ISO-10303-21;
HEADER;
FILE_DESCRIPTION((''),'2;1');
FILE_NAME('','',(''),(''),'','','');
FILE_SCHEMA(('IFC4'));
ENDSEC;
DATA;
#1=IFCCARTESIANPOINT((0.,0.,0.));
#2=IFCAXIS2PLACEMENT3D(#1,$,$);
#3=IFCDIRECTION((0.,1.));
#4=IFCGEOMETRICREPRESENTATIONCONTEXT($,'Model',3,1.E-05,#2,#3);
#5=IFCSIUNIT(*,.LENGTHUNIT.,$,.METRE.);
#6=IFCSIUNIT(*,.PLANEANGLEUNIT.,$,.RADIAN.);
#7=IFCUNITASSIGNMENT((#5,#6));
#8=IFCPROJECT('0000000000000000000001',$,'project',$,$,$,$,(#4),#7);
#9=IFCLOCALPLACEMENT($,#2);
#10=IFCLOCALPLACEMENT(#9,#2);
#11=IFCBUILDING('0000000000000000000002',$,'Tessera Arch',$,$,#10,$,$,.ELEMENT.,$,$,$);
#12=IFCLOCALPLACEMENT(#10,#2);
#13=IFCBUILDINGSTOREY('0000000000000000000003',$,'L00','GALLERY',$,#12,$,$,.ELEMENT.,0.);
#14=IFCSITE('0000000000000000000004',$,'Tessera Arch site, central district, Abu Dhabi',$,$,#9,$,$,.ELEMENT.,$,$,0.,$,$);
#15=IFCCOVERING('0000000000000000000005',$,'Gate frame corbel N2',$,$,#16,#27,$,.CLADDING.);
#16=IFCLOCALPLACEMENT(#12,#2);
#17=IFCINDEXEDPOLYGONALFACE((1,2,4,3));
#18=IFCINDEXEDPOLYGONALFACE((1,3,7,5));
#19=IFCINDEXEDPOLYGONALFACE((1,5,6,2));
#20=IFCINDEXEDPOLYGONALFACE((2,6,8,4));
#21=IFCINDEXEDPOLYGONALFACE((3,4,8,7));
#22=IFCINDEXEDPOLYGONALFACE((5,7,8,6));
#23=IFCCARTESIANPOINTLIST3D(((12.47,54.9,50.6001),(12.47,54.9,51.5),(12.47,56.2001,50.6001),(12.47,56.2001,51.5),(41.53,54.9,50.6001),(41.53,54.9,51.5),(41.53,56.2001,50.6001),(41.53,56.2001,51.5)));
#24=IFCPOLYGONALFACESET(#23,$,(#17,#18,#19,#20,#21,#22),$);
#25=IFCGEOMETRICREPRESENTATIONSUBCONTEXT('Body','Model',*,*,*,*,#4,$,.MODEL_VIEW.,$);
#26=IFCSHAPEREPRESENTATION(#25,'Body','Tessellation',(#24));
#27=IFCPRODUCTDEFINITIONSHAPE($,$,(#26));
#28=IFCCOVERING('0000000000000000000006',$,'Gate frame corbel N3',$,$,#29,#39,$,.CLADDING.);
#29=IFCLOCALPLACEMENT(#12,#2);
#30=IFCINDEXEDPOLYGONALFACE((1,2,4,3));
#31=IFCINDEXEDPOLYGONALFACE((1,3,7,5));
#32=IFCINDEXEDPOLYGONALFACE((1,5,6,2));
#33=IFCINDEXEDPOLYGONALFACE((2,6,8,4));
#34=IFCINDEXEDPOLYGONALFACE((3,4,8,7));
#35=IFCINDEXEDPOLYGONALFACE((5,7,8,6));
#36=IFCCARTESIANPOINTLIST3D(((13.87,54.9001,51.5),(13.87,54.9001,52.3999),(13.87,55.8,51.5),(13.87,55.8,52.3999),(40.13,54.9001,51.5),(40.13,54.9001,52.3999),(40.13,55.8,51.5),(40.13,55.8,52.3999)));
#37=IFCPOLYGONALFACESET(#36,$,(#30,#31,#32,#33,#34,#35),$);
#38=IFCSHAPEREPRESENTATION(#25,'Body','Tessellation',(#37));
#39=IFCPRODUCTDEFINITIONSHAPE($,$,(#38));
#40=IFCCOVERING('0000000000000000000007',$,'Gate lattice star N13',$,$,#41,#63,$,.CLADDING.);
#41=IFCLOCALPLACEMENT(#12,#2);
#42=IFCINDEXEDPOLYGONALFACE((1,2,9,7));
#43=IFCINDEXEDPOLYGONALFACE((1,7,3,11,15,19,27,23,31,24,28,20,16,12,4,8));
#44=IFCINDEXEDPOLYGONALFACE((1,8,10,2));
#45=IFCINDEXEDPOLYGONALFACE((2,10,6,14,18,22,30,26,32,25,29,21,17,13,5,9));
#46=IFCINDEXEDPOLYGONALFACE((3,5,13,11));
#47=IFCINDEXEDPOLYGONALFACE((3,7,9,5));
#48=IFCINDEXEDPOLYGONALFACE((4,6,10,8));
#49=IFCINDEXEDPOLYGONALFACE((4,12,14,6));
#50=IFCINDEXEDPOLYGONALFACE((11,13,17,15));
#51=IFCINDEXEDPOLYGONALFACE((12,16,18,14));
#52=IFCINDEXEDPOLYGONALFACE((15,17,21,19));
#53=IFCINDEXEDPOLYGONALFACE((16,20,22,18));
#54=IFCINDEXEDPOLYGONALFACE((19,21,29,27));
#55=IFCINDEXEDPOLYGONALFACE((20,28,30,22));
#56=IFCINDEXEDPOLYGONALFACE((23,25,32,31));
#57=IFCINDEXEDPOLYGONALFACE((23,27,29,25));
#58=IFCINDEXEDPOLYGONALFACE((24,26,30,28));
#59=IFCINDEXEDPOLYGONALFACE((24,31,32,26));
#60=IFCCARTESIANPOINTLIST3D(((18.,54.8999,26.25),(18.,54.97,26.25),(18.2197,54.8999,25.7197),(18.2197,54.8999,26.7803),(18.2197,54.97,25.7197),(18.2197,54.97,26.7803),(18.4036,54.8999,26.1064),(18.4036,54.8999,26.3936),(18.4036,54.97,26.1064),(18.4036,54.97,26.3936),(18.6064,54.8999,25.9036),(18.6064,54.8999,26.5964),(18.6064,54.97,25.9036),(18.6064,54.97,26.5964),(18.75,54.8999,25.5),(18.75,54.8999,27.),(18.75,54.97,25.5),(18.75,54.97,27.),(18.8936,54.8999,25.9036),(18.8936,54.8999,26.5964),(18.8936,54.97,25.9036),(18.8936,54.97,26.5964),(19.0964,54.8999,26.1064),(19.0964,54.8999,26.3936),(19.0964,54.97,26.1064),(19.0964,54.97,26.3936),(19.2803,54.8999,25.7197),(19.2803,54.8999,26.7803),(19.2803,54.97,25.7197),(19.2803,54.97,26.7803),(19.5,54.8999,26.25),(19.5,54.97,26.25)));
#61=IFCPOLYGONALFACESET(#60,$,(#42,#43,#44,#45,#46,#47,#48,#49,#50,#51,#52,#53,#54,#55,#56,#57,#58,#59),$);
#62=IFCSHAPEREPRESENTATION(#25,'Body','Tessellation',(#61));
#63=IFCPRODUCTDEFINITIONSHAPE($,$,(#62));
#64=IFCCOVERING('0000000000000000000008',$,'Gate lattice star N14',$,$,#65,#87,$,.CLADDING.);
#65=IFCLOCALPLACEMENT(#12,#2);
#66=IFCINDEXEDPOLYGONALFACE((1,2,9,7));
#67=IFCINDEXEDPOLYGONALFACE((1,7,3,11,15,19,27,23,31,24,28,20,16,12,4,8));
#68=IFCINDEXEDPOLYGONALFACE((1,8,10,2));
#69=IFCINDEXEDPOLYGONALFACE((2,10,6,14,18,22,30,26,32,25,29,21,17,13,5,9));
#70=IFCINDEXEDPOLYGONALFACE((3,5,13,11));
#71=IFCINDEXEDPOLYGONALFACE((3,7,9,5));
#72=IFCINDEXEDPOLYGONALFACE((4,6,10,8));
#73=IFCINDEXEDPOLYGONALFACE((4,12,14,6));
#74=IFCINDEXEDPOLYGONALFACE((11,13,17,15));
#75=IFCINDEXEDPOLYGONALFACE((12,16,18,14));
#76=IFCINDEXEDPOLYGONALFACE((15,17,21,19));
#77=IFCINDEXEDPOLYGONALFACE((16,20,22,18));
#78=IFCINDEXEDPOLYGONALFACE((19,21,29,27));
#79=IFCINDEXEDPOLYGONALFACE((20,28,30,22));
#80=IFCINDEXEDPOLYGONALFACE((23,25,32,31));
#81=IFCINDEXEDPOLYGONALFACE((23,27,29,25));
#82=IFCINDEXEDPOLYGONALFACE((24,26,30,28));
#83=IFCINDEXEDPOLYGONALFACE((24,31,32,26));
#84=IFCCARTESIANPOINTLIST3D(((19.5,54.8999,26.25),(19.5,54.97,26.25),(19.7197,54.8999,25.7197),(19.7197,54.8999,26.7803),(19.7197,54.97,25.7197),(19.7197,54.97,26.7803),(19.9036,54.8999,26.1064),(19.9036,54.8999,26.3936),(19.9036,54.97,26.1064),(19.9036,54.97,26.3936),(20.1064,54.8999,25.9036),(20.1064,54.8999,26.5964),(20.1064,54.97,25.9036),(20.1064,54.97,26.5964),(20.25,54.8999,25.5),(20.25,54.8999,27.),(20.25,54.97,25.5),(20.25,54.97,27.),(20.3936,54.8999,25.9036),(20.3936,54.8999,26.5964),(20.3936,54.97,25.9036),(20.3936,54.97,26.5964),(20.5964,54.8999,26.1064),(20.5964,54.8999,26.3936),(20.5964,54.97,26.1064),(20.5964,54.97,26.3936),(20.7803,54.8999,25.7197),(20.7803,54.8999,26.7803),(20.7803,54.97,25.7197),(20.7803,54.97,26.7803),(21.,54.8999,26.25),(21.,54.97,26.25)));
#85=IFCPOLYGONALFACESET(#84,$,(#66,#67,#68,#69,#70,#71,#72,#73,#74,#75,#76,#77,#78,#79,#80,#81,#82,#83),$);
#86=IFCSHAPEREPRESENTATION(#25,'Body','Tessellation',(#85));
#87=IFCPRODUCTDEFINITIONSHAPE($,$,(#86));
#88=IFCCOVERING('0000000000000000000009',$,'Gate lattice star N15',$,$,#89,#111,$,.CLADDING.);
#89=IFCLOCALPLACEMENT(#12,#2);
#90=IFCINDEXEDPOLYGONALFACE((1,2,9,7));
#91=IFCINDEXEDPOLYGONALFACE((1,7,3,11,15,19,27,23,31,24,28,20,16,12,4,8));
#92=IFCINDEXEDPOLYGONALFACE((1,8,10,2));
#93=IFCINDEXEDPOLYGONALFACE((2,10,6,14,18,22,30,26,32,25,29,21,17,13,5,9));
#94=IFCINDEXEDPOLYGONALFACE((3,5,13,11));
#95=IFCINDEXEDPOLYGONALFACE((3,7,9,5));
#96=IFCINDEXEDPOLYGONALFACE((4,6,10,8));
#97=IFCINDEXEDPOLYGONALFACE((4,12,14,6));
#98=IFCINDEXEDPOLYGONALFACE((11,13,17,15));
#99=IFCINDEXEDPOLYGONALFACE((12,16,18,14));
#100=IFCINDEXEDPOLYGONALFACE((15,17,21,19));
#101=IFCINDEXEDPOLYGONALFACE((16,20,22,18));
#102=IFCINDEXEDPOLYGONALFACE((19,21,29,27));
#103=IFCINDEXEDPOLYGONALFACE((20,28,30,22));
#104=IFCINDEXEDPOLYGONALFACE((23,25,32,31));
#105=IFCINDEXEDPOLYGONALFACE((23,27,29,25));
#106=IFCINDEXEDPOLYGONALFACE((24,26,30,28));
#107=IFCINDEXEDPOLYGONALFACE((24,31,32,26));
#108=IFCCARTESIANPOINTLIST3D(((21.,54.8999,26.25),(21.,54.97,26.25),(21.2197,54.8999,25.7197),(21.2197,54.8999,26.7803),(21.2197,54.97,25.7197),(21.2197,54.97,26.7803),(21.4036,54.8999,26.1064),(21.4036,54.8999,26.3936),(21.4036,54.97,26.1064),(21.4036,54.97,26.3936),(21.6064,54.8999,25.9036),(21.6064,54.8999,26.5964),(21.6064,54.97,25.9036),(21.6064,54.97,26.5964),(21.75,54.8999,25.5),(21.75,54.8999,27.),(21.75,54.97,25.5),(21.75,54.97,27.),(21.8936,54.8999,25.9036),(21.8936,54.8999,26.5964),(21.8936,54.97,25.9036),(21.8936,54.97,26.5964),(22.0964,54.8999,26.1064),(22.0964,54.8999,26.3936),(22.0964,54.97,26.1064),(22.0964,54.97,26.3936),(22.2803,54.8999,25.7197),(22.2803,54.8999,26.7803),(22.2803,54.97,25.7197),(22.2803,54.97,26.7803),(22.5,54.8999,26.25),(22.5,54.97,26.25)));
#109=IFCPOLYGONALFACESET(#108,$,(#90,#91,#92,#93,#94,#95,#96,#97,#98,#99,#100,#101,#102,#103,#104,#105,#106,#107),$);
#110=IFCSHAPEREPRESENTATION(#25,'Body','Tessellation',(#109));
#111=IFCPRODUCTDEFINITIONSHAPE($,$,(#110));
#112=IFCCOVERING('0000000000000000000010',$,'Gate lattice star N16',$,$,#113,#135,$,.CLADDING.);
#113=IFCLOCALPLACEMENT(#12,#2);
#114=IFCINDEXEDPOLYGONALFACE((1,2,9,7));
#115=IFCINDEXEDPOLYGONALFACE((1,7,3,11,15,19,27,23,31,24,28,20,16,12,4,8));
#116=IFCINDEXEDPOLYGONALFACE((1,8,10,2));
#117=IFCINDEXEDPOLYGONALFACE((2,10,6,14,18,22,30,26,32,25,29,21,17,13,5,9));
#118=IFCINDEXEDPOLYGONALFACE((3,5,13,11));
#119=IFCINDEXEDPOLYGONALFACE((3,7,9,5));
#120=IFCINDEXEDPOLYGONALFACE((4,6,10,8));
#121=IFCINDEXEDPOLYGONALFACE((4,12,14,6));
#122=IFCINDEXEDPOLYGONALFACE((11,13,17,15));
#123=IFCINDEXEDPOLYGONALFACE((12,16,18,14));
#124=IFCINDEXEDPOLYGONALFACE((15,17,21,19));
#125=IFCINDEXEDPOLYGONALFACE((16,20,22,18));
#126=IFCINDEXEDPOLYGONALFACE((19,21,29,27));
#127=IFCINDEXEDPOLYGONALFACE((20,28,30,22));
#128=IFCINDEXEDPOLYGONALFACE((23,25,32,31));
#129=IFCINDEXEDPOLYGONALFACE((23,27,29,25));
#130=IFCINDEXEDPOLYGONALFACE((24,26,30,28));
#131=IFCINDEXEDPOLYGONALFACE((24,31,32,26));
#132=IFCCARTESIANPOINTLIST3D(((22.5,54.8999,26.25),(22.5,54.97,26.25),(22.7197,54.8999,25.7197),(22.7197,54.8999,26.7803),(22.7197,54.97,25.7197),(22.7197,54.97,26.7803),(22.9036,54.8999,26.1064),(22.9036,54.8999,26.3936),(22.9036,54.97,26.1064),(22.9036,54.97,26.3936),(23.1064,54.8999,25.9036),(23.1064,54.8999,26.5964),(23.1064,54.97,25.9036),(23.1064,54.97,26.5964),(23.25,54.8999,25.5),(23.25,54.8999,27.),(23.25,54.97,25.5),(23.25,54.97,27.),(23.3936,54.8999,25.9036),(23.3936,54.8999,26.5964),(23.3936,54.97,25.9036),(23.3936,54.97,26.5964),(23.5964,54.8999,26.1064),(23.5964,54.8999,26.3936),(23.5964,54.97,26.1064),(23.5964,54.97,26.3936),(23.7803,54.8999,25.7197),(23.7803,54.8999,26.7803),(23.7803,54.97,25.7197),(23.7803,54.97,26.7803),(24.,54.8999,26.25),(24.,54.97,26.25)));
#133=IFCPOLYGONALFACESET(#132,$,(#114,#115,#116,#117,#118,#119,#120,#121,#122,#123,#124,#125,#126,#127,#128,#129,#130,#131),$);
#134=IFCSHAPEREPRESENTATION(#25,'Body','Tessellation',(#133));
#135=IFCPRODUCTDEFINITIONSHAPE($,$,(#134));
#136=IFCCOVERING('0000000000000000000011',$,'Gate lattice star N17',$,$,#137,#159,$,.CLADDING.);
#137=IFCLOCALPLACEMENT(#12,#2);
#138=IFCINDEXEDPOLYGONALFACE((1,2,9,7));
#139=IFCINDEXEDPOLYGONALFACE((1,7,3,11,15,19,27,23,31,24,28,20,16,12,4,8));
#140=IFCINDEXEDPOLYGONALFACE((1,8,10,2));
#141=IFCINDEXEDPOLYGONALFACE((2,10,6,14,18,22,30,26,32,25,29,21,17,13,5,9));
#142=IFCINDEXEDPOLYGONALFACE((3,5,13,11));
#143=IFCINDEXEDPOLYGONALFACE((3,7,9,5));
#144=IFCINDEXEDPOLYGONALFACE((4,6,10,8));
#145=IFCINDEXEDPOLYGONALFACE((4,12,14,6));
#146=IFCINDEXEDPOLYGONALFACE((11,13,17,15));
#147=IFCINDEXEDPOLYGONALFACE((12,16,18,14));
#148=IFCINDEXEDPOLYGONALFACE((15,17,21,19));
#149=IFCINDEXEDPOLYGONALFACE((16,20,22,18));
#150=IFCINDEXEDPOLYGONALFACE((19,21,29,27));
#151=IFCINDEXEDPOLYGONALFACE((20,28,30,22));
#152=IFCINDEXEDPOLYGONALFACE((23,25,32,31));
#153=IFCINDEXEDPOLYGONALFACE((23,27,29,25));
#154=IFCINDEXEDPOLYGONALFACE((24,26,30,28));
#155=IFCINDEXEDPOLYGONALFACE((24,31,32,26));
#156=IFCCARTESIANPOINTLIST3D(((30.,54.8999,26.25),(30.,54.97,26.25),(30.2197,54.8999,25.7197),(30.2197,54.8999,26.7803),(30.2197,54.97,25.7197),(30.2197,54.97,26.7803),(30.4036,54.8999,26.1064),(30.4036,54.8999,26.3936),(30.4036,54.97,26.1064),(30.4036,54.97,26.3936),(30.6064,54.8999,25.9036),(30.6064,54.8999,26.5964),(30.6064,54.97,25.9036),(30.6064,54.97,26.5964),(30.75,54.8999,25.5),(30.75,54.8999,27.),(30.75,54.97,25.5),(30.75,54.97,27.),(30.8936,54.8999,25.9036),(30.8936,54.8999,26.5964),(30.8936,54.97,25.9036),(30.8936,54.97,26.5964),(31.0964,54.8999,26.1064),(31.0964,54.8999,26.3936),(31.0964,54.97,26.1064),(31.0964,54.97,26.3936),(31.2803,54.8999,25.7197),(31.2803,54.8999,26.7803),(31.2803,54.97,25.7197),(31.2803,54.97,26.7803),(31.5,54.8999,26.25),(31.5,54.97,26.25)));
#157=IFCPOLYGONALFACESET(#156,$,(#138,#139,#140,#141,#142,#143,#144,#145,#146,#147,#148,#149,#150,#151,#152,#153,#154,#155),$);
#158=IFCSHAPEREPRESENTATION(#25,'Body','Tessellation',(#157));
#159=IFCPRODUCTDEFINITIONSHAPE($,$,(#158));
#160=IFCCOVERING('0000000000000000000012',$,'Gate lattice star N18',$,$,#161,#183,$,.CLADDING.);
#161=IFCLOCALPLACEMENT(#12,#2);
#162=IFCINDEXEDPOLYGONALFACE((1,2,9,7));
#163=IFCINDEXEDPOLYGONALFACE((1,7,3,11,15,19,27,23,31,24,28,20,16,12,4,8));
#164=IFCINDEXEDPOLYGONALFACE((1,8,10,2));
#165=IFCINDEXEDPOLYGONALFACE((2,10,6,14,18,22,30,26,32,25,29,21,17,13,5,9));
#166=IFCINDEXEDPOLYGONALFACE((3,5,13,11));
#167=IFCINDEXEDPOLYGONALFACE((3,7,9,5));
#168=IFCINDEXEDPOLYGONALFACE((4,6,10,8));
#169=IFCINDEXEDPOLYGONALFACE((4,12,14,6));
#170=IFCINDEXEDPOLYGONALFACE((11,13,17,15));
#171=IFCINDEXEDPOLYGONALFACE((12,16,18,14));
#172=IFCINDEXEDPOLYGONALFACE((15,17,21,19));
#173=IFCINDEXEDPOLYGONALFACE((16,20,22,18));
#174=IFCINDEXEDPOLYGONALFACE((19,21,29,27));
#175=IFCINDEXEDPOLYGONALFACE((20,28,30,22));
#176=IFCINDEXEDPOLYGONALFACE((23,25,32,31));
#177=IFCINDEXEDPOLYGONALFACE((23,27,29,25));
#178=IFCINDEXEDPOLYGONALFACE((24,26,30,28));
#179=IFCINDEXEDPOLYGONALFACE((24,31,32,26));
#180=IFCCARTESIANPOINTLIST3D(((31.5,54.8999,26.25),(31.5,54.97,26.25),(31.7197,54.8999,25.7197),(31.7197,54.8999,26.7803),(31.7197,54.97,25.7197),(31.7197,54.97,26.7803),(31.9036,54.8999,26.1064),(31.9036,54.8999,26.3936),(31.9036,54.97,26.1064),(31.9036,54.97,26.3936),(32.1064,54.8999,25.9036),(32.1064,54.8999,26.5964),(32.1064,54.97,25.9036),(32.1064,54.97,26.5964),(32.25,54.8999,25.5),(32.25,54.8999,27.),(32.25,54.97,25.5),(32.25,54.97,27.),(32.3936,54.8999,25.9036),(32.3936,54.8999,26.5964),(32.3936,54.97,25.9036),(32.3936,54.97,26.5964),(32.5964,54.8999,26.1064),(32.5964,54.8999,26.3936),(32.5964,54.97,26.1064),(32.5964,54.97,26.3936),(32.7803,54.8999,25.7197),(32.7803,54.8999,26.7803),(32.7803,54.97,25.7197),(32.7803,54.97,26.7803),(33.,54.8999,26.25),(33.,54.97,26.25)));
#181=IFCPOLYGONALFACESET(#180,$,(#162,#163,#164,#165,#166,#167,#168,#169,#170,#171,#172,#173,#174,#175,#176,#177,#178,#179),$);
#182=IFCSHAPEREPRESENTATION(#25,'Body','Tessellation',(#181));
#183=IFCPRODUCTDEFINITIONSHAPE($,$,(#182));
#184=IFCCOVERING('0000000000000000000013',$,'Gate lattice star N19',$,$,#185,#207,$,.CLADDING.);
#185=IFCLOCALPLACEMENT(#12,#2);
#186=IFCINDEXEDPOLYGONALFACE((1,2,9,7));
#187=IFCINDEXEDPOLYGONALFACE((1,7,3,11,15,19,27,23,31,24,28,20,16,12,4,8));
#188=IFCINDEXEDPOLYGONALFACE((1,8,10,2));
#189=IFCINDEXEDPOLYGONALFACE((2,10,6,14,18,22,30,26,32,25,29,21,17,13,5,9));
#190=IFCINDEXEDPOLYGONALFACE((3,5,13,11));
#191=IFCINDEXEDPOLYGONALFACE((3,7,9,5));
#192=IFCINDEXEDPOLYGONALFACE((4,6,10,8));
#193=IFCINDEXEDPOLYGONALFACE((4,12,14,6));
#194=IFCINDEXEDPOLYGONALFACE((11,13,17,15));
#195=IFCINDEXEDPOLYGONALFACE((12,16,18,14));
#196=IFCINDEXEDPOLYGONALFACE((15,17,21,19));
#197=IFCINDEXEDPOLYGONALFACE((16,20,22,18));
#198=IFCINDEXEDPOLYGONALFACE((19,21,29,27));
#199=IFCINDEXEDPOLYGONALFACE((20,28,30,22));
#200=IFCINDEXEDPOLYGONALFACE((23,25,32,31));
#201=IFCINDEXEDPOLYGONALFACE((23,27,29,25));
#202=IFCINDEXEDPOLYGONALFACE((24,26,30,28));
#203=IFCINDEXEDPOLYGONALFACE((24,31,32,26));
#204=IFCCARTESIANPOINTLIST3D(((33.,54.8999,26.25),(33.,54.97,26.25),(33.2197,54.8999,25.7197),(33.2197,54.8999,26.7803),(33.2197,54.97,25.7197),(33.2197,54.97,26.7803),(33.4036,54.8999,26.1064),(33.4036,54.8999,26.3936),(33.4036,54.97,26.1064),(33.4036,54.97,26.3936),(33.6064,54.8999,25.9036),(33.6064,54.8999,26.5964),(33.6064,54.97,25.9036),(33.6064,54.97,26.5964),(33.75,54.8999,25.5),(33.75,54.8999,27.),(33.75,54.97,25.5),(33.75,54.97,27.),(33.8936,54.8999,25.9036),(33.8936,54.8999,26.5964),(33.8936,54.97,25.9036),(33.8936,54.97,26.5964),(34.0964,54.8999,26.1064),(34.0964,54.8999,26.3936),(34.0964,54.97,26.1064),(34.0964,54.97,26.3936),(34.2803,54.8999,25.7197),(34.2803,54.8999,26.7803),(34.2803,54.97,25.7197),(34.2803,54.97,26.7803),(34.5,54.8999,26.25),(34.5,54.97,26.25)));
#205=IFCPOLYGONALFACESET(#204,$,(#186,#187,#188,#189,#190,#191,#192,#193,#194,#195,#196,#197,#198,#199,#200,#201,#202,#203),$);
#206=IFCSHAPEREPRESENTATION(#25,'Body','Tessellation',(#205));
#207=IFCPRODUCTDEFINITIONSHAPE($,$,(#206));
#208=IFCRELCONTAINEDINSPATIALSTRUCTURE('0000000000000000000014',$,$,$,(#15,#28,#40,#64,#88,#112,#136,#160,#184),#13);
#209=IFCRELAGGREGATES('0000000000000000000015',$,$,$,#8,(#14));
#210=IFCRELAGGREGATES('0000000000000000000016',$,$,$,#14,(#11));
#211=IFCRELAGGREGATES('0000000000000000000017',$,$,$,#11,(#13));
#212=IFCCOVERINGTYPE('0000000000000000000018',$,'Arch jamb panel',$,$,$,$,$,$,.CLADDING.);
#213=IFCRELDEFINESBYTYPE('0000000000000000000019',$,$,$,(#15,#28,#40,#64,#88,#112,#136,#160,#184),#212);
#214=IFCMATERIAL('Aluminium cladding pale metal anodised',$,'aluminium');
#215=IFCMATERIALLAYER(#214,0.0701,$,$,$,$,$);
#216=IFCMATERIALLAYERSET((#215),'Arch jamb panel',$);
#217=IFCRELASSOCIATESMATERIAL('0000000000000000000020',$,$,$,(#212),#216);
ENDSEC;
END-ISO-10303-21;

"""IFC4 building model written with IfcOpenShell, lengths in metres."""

from ifc_helpers import new_model, si_unit, direction, frame, origin, origin_2d, place, context, subcontext, project, spatial, polyline, rectangle, outline, extrude, material, layer, layer_set, type_object, element, save


model = new_model("IFC4")

# Units and contexts
model_context = context("Model", 3, precision=1e-05, world=origin(), true_north=direction((0.0, 1.0)))
body_context = subcontext(model_context, "Body", "Model", "MODEL_VIEW")
ifc_project = project(units=[si_unit("LENGTHUNIT", "METRE"), si_unit("PLANEANGLEUNIT", "RADIAN")], contexts=[model_context])

# Site, building, storey
site_placement = place(None, origin())
site = spatial("IfcSite", under=ifc_project, at=site_placement, Name="Tessera Arch site, central district, Abu Dhabi", CompositionType="ELEMENT", RefElevation=0.0)
building_placement = place(site_placement, origin())
building = spatial("IfcBuilding", under=site, at=building_placement, Name="Tessera Arch", CompositionType="ELEMENT")
storey_placement = place(building_placement, origin())
storey = spatial("IfcBuildingStorey", under=building, at=storey_placement, Name="L00", Description="GALLERY", CompositionType="ELEMENT", Elevation=0.0)

# Coverings
ifc_material = material(Name="Aluminium cladding pale metal anodised", Category="aluminium")
ifc_layer = layer(ifc_material, 0.0701)
ifc_layer_set = layer_set([ifc_layer], Name="Arch jamb panel")
covering_type = type_object("IfcCoveringType", Name="Arch jamb panel", PredefinedType="CLADDING", material=ifc_layer_set)
covering_1_placement = place(storey_placement, frame((27.0, 55.55, 50.6001), z_axis=(0.0, 0.0, 1.0), x_axis=(1.0, 0.0, 0.0)))
element("IfcCovering", 1, at=covering_1_placement, inside=storey, type_object=covering_type, Name="Gate frame corbel N2", PredefinedType="CLADDING", context=body_context, shape_type="SweptSolid", body=[
    extrude(rectangle(XDim=29.0601, YDim=1.3, at=origin_2d()), origin(), (0.0, 0.0, 1.0), 0.8999),
])
covering_2_placement = place(storey_placement, frame((27.0, 55.3501, 51.5), z_axis=(0.0, 0.0, 1.0), x_axis=(1.0, 0.0, 0.0)))
element("IfcCovering", 2, at=covering_2_placement, inside=storey, type_object=covering_type, Name="Gate frame corbel N3", PredefinedType="CLADDING", context=body_context, shape_type="SweptSolid", body=[
    extrude(rectangle(XDim=26.26, YDim=0.8999, at=origin_2d()), origin(), (0.0, 0.0, 1.0), 0.8999),
])
for number, where, z_axis, x_axis, name in (
    (3, (19.5, 54.8999, 26.25), (0.0, -1.0, 0.0), (-0.942167, 0.0, 0.335145), "Gate lattice star N13"),
    (4, (21.0, 54.8999, 26.25), (0.0, -1.0, 0.0), (-0.942167, 0.0, 0.335145), "Gate lattice star N14"),
    (5, (22.5, 54.8999, 26.25), (0.0, -1.0, 0.0), (-0.942167, 0.0, 0.335145), "Gate lattice star N15"),
    (6, (24.0, 54.8999, 26.25), (0.0, -1.0, 0.0), (-0.942167, 0.0, 0.335145), "Gate lattice star N16"),
    (7, (31.5, 54.8999, 26.25), (0.0, -1.0, 0.0), (-0.942167, 0.0, 0.335145), "Gate lattice star N17"),
    (8, (33.0, 54.8999, 26.25), (0.0, -1.0, 0.0), (-0.942167, 0.0, 0.335145), "Gate lattice star N18"),
    (9, (34.5, 54.8999, 26.25), (0.0, -1.0, 0.0), (-0.942167, 0.0, 0.335145), "Gate lattice star N19"),
):
    element("IfcCovering", number, at=place(storey_placement, frame(where, z_axis=z_axis, x_axis=x_axis)), inside=storey, type_object=covering_type, Name=name, PredefinedType="CLADDING", context=body_context, shape_type="SweptSolid", body=[
        extrude(outline(polyline([(0.0, 0.0), (0.4283, 0.0), (0.3847, -0.426), (0.6875, -0.1232), (0.958, -0.4553), (0.958, -0.0269), (1.3839, -0.0705), (1.0811, 0.2322), (1.4133, 0.5027), (0.9849, 0.5027), (1.0285, 0.9287), (0.7258, 0.6259), (0.4553, 0.958), (0.4553, 0.5296), (0.0293, 0.5732), (0.3321, 0.2705), (0.0, 0.0)])), origin(), (0.0, 0.0, -1.0), 0.0701),
    ])

save(model, "model.ifc")
